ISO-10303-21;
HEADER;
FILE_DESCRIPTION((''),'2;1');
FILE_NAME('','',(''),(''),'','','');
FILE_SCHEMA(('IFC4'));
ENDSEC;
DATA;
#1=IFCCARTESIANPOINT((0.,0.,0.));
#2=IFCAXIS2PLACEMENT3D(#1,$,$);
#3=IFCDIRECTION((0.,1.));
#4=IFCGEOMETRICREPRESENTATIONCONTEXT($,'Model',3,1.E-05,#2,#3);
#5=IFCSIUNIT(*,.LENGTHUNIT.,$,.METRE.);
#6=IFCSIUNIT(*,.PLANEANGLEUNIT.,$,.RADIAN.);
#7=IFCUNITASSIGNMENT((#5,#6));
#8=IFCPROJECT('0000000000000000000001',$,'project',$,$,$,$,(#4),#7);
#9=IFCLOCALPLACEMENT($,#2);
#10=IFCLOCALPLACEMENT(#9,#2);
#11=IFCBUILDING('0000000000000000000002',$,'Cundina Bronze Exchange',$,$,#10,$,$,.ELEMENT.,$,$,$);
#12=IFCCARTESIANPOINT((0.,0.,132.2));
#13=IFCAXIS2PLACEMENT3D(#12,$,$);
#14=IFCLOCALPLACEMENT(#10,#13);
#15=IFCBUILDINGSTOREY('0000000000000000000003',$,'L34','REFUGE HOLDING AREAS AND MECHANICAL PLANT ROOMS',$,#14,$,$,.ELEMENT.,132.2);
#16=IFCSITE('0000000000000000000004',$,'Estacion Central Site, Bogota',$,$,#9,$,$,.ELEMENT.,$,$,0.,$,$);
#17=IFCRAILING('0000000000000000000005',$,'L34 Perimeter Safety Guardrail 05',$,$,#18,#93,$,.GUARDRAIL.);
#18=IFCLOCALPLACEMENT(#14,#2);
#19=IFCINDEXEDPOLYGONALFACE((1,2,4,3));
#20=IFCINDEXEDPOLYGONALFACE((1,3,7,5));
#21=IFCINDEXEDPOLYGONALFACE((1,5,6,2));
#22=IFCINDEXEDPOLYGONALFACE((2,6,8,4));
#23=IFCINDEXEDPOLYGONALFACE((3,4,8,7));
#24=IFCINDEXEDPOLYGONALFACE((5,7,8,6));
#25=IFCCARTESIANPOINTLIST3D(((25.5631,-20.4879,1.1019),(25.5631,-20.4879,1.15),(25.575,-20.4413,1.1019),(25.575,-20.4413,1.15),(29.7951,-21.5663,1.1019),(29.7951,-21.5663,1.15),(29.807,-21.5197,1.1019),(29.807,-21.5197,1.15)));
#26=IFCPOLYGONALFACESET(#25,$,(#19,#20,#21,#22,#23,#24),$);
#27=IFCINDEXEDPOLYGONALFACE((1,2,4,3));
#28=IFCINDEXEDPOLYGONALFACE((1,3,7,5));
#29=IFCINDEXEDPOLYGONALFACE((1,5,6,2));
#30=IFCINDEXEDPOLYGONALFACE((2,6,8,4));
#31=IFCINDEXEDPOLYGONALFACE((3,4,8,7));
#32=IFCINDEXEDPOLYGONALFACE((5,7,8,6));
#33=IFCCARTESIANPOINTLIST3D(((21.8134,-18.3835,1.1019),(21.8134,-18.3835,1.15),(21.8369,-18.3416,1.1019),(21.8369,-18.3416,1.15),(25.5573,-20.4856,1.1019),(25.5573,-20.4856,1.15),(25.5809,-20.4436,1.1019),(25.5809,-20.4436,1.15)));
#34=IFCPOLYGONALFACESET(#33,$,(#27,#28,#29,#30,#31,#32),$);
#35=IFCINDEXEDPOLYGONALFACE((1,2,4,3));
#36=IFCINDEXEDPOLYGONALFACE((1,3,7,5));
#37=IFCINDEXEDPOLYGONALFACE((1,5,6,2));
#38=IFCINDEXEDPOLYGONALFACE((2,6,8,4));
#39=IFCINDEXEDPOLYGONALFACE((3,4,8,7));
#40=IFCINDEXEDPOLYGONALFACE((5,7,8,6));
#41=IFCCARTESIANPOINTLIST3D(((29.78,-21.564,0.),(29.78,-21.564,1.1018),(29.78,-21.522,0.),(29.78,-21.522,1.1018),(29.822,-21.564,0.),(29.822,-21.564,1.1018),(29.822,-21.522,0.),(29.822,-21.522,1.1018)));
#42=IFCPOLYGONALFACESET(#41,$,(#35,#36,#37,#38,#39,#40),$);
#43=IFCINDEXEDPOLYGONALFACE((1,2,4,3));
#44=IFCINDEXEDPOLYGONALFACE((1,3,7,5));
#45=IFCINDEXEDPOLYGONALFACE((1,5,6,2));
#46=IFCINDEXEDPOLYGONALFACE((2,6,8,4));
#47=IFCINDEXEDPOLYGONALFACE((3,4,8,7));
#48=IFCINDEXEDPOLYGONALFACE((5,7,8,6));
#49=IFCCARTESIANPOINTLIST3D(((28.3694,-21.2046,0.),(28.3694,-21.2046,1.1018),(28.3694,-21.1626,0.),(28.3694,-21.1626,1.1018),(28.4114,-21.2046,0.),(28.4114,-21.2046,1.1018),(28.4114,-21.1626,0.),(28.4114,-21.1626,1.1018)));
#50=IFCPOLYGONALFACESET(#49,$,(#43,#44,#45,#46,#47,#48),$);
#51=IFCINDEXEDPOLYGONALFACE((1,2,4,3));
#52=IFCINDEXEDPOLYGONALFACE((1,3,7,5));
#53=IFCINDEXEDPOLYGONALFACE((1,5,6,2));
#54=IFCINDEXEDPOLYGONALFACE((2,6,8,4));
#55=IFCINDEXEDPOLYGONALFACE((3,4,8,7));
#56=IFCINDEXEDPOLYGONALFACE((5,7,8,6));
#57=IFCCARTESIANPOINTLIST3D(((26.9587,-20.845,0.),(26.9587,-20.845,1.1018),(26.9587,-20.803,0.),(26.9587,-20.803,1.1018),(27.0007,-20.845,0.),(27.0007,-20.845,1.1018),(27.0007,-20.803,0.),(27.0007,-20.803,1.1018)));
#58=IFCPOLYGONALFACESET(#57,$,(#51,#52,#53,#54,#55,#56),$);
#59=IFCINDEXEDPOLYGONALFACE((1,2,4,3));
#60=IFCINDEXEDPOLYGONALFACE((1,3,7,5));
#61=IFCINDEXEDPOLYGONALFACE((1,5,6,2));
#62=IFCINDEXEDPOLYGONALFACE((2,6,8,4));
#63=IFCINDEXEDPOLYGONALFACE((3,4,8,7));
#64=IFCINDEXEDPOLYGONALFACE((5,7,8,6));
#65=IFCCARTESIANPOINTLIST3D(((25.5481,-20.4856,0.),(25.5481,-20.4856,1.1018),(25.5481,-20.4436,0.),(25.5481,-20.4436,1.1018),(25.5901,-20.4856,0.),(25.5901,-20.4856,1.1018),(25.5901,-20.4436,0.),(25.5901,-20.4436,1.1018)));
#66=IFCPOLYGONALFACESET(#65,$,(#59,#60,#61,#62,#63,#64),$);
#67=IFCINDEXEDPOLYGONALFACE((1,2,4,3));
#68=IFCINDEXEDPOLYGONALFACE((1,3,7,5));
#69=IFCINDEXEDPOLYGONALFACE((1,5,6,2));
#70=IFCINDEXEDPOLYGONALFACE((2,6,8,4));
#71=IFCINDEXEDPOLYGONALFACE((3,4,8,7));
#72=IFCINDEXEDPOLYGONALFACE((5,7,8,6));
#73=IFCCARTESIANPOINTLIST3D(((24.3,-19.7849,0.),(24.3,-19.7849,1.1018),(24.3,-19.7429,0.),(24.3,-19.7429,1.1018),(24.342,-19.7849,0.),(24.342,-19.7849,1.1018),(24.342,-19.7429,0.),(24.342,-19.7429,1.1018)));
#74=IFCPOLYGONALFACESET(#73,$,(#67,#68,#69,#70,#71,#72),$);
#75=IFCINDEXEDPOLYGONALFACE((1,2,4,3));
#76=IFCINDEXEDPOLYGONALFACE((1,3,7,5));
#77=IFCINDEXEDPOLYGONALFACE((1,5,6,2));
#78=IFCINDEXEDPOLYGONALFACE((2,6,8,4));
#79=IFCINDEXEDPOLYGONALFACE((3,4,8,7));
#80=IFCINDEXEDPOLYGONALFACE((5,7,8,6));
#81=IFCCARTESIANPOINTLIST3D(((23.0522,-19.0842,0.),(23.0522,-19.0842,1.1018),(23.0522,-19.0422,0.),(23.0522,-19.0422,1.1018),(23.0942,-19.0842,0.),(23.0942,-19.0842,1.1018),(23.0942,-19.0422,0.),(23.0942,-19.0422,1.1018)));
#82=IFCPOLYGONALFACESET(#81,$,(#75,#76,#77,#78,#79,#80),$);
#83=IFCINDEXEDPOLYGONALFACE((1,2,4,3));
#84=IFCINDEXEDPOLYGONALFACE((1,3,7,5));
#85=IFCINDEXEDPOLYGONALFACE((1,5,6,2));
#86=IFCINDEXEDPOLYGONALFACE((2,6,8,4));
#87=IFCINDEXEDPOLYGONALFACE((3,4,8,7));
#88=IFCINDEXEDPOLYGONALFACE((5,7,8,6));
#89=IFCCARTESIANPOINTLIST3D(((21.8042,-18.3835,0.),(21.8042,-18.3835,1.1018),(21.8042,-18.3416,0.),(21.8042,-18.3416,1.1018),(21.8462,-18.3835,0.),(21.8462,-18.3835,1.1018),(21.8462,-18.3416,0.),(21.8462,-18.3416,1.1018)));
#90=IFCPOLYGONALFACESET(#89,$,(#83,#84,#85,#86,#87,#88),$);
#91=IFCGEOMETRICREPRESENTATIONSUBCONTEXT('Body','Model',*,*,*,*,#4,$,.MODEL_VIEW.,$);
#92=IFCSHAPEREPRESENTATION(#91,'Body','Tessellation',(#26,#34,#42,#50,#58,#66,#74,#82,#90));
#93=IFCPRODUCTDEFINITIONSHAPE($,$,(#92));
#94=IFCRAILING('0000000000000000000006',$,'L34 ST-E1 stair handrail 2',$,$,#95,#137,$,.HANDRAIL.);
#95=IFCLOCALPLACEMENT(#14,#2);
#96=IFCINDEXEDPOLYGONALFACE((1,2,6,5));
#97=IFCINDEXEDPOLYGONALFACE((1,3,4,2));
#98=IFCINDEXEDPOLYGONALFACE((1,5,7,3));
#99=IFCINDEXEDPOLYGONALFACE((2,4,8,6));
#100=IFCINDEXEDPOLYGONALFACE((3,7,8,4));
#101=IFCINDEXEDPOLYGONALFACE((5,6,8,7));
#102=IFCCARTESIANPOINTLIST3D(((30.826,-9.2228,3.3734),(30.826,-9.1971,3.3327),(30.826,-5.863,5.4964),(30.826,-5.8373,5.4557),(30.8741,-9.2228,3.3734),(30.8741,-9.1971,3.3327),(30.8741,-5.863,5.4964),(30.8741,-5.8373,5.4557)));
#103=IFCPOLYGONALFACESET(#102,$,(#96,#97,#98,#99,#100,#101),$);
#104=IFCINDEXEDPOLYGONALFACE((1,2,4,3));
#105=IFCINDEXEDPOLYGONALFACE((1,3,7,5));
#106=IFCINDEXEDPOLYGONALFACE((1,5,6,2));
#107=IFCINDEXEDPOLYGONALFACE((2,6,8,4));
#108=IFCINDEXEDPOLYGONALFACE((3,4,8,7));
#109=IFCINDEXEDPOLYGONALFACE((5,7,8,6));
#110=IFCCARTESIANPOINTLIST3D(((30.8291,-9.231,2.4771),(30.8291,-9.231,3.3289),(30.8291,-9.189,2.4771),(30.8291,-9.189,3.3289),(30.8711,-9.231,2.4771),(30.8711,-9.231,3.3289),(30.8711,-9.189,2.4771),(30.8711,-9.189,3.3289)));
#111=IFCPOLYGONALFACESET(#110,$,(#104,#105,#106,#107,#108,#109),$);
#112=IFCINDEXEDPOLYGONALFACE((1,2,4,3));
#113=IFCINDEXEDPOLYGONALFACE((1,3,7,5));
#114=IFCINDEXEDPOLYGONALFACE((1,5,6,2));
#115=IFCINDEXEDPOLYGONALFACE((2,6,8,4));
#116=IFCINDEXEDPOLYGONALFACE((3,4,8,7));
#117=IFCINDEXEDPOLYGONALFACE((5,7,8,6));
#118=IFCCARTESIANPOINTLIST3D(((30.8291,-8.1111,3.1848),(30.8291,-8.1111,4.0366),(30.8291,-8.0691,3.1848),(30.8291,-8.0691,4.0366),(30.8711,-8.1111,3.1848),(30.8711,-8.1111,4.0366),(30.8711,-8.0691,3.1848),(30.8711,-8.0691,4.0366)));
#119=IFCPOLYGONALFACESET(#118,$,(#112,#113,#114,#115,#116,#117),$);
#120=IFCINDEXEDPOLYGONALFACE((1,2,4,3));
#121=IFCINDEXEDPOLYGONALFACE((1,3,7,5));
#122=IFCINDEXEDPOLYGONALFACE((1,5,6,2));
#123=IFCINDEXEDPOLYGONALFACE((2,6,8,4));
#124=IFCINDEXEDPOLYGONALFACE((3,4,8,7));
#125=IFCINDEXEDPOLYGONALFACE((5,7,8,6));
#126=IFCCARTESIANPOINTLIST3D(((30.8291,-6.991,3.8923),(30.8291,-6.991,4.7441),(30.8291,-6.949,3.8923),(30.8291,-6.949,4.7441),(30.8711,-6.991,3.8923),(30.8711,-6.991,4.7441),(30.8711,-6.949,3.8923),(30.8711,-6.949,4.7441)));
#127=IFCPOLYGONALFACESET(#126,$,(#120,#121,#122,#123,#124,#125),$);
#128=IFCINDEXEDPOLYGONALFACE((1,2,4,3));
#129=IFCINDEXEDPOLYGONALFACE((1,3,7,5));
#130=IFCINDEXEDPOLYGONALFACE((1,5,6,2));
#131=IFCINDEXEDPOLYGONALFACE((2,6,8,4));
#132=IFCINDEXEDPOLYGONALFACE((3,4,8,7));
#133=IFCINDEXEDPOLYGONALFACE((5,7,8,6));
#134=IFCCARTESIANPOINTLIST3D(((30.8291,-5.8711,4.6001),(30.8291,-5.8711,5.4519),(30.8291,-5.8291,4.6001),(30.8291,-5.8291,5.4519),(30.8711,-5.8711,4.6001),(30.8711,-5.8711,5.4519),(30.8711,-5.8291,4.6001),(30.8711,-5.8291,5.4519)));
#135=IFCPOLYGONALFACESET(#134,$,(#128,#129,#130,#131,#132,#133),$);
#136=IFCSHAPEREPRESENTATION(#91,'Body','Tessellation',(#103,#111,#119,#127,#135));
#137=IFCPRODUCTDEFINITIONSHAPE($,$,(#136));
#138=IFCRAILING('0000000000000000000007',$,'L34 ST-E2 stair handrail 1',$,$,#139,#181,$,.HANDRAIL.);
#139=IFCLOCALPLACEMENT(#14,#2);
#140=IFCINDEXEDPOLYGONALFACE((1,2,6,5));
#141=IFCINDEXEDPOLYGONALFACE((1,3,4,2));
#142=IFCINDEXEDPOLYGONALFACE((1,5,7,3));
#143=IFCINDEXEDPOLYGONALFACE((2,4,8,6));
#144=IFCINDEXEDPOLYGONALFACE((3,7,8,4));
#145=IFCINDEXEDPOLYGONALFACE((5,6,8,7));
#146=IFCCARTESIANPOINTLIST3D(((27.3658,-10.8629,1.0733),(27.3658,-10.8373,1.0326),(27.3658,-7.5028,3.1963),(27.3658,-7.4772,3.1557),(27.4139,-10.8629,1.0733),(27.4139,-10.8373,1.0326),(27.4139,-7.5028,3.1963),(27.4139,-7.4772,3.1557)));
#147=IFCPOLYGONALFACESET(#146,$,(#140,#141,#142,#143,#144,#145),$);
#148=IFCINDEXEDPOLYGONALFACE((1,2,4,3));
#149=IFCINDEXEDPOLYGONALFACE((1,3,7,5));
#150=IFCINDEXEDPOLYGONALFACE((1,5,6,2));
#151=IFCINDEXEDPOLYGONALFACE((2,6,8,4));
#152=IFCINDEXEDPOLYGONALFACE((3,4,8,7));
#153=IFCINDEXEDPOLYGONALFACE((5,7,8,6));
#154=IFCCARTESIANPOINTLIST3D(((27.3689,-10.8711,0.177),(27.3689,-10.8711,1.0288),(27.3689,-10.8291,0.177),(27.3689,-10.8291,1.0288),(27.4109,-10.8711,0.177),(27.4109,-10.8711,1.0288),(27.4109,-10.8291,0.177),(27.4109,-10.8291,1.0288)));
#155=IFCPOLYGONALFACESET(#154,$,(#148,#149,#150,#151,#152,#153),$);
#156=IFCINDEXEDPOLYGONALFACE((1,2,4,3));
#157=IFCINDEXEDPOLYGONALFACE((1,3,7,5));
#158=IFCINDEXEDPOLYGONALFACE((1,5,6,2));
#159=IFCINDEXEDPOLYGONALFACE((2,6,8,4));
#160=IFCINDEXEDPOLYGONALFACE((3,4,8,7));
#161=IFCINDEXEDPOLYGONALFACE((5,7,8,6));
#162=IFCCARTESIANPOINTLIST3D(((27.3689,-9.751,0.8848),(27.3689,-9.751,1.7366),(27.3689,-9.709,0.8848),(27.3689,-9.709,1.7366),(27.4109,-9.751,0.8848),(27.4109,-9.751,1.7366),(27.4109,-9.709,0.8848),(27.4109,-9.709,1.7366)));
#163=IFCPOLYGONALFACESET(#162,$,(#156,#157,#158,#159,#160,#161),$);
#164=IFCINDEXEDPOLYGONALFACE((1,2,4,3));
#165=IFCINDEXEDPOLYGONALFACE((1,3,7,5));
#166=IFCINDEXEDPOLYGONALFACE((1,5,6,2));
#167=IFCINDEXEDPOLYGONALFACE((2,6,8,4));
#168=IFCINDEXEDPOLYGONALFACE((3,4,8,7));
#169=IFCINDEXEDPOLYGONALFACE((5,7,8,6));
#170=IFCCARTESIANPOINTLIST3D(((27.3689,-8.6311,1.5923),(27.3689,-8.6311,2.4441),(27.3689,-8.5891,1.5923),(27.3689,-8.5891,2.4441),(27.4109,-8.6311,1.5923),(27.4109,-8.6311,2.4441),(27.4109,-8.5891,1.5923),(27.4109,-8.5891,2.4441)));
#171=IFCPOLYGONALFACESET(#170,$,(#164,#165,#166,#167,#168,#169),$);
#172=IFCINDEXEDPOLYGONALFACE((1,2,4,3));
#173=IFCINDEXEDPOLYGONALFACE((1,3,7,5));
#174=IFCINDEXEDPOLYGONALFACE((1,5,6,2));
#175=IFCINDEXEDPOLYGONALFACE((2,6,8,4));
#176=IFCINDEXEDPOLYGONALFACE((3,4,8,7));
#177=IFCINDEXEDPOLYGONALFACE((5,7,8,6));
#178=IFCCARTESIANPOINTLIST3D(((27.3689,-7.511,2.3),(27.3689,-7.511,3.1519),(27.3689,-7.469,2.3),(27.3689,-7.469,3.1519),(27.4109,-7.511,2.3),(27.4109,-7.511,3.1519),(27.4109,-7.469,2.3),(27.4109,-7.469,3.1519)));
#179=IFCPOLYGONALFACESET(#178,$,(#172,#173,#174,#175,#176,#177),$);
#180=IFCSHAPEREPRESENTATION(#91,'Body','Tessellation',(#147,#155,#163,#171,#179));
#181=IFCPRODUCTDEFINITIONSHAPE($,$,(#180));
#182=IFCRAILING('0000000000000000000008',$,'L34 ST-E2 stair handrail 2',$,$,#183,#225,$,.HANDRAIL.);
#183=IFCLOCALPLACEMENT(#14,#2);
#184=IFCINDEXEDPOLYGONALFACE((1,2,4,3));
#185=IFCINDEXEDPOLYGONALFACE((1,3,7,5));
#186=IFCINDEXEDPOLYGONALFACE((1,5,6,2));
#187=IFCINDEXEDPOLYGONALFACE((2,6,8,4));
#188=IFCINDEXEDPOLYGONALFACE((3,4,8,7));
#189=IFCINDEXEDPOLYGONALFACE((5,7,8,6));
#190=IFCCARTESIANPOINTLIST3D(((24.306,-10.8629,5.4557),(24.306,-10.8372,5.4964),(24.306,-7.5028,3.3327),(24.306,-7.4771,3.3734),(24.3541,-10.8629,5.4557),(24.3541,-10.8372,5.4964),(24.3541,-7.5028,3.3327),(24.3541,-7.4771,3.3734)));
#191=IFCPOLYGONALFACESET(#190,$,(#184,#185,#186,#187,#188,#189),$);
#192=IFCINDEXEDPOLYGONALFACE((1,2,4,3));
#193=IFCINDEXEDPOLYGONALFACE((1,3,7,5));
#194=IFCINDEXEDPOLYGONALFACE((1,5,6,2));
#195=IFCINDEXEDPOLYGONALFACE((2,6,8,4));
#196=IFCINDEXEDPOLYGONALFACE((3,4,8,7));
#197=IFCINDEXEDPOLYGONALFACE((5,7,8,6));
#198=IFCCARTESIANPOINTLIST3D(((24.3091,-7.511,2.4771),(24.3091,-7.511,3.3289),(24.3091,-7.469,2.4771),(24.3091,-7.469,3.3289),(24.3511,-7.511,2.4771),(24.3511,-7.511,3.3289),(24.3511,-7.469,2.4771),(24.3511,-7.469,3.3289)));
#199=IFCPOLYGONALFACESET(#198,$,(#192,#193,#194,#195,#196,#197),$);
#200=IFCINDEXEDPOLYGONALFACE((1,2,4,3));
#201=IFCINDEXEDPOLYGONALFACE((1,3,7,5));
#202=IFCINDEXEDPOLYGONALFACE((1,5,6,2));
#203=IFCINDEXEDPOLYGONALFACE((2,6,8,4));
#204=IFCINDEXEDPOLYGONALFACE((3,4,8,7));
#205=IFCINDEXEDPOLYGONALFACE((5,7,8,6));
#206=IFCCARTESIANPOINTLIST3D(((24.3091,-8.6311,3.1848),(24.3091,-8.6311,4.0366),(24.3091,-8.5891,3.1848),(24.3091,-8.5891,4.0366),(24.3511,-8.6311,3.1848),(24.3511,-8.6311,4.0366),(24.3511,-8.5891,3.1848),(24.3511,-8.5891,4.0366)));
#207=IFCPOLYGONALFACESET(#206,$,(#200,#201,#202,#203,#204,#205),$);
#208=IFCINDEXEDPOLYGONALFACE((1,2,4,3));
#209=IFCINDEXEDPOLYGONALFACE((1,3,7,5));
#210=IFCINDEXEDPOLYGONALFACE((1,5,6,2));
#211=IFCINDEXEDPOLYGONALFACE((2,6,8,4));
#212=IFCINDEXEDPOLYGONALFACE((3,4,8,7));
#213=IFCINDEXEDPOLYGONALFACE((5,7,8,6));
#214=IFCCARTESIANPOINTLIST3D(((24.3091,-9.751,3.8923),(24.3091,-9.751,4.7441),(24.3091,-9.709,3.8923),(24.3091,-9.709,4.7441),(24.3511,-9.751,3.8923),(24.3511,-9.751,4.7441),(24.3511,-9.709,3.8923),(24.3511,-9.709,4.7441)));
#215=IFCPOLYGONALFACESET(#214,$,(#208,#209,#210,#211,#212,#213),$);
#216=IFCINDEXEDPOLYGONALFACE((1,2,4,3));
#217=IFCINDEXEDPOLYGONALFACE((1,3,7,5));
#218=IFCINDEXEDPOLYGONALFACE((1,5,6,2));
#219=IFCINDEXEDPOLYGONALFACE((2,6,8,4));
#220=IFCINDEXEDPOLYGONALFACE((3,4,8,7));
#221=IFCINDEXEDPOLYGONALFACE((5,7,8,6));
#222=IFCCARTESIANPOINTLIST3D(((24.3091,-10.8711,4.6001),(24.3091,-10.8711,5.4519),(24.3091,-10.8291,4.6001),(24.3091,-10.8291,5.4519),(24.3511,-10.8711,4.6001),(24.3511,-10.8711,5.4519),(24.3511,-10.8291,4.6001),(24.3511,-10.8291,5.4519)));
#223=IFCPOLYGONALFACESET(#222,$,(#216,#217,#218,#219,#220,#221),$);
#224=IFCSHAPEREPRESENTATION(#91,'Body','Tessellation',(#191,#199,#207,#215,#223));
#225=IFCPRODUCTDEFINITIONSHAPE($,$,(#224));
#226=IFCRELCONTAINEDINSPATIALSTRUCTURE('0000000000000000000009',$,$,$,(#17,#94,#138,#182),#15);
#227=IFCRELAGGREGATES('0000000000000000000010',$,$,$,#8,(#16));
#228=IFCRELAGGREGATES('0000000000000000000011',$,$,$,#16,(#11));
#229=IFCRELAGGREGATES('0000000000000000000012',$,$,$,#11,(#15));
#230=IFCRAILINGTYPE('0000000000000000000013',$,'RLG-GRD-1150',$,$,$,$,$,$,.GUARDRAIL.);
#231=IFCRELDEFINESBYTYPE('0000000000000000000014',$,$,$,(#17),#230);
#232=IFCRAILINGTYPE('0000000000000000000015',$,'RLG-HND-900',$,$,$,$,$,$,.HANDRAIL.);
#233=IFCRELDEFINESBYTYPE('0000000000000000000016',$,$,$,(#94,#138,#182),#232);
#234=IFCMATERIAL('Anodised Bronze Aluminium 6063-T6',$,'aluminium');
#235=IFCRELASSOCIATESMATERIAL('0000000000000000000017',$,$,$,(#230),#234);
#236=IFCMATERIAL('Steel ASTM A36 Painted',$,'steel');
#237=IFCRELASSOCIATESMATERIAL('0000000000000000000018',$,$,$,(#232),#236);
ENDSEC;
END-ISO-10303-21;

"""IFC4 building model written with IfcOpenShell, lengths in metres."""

from ifc_helpers import new_model, si_unit, direction, frame, origin, origin_2d, place, context, subcontext, project, spatial, rectangle, extrude, material, type_object, element, save


model = new_model("IFC4")

# Units and contexts
model_context = context("Model", 3, precision=1e-05, world=origin(), true_north=direction((0.0, 1.0)))
body_context = subcontext(model_context, "Body", "Model", "MODEL_VIEW")
ifc_project = project(units=[si_unit("LENGTHUNIT", "METRE"), si_unit("PLANEANGLEUNIT", "RADIAN")], contexts=[model_context])

# Site, building, storey
site_placement = place(None, origin())
site = spatial("IfcSite", under=ifc_project, at=site_placement, Name="Estacion Central Site, Bogota", CompositionType="ELEMENT", RefElevation=0.0)
building_placement = place(site_placement, origin())
building = spatial("IfcBuilding", under=site, at=building_placement, Name="Cundina Bronze Exchange", CompositionType="ELEMENT")
storey_placement = place(building_placement, frame((0.0, 0.0, 132.2)))
storey = spatial("IfcBuildingStorey", under=building, at=storey_placement, Name="L34", Description="REFUGE HOLDING AREAS AND MECHANICAL PLANT ROOMS", CompositionType="ELEMENT", Elevation=132.2)

# Shared definitions
ifc_material_1 = material(Name="Steel ASTM A36 Painted", Category="steel")

# Railings
ifc_material_2 = material(Name="Anodised Bronze Aluminium 6063-T6", Category="aluminium")
railing_type_1 = type_object("IfcRailingType", Name="RLG-GRD-1150", PredefinedType="GUARDRAIL", material=ifc_material_2)
railing_1_placement = place(storey_placement, frame((29.801, -21.543, 0.0)))
element("IfcRailing", 1, at=railing_1_placement, inside=storey, type_object=railing_type_1, Name="L34 Perimeter Safety Guardrail 05", PredefinedType="GUARDRAIL", context=body_context, shape_type="SweptSolid", body=[
    extrude(rectangle(XDim=0.0481, YDim=0.0481, at=origin_2d()), frame((0.0, 0.0, 1.126), z_axis=(-0.969034, 0.246927, 0.0), x_axis=(-0.246927, -0.969034, 0.0)), (0.0, 0.0, 1.0), 4.3672),
    extrude(rectangle(XDim=0.0481, YDim=0.0481, at=origin_2d()), frame((-4.2319, 1.0784, 1.126), z_axis=(-0.871962, 0.489573, 0.0), x_axis=(-0.489573, -0.871962, 0.0)), (0.0, 0.0, 1.0), 4.2937),
    extrude(rectangle(XDim=0.042, YDim=0.042, at=origin_2d()), origin(), (0.0, 0.0, 1.0), 1.1018),
    extrude(rectangle(XDim=0.042, YDim=0.042, at=origin_2d()), frame((-1.4106, 0.3594, 0.0)), (0.0, 0.0, 1.0), 1.1018),
    extrude(rectangle(XDim=0.042, YDim=0.042, at=origin_2d()), frame((-2.8213, 0.719, 0.0)), (0.0, 0.0, 1.0), 1.1018),
    extrude(rectangle(XDim=0.042, YDim=0.042, at=origin_2d()), frame((-4.2319, 1.0784, 0.0)), (0.0, 0.0, 1.0), 1.1018),
    extrude(rectangle(XDim=0.042, YDim=0.042, at=origin_2d()), frame((-5.48, 1.7791, 0.0)), (0.0, 0.0, 1.0), 1.1018),
    extrude(rectangle(XDim=0.042, YDim=0.042, at=origin_2d()), frame((-6.7278, 2.4797, 0.0)), (0.0, 0.0, 1.0), 1.1018),
    extrude(rectangle(XDim=0.042, YDim=0.042, at=origin_2d()), frame((-7.9758, 3.1804, 0.0)), (0.0, 0.0, 1.0), 1.1018),
])
railing_type_2 = type_object("IfcRailingType", Name="RLG-HND-900", PredefinedType="HANDRAIL", material=ifc_material_1)
railing_2_placement = place(storey_placement, frame((30.8501, -9.21, 2.4771)))
element("IfcRailing", 2, at=railing_2_placement, inside=storey, type_object=railing_type_2, Name="L34 ST-E1 stair handrail 2", PredefinedType="HANDRAIL", context=body_context, shape_type="SweptSolid", body=[
    extrude(rectangle(XDim=0.0481, YDim=0.0481, at=origin_2d()), frame((0.0, 0.0, 0.876), z_axis=(0.0, 0.845372, 0.534178), x_axis=(-1.0, 0.0, 0.0)), (0.0, 0.0, 1.0), 3.9744),
    extrude(rectangle(XDim=0.042, YDim=0.042, at=origin_2d()), origin(), (0.0, 0.0, 1.0), 0.8518),
    extrude(rectangle(XDim=0.042, YDim=0.042, at=origin_2d()), frame((0.0, 1.1199, 0.7078)), (0.0, 0.0, 1.0), 0.8518),
    extrude(rectangle(XDim=0.042, YDim=0.042, at=origin_2d()), frame((0.0, 2.24, 1.4153)), (0.0, 0.0, 1.0), 0.8518),
    extrude(rectangle(XDim=0.042, YDim=0.042, at=origin_2d()), frame((0.0, 3.3599, 2.123)), (0.0, 0.0, 1.0), 0.8518),
])
railing_3_placement = place(storey_placement, frame((27.3899, -10.8501, 0.177)))
element("IfcRailing", 3, at=railing_3_placement, inside=storey, type_object=railing_type_2, Name="L34 ST-E2 stair handrail 1", PredefinedType="HANDRAIL", context=body_context, shape_type="SweptSolid", body=[
    extrude(rectangle(XDim=0.0481, YDim=0.0481, at=origin_2d()), frame((0.0, 0.0, 0.876), z_axis=(0.0, 0.84539, 0.53415), x_axis=(-1.0, 0.0, 0.0)), (0.0, 0.0, 1.0), 3.9746),
    extrude(rectangle(XDim=0.042, YDim=0.042, at=origin_2d()), origin(), (0.0, 0.0, 1.0), 0.8518),
    extrude(rectangle(XDim=0.042, YDim=0.042, at=origin_2d()), frame((0.0, 1.1201, 0.7078)), (0.0, 0.0, 1.0), 0.8518),
    extrude(rectangle(XDim=0.042, YDim=0.042, at=origin_2d()), frame((0.0, 2.24, 1.4153)), (0.0, 0.0, 1.0), 0.8518),
    extrude(rectangle(XDim=0.042, YDim=0.042, at=origin_2d()), frame((0.0, 3.3601, 2.123)), (0.0, 0.0, 1.0), 0.8518),
])
railing_4_placement = place(storey_placement, frame((24.3301, -7.49, 2.4771)))
element("IfcRailing", 4, at=railing_4_placement, inside=storey, type_object=railing_type_2, Name="L34 ST-E2 stair handrail 2", PredefinedType="HANDRAIL", context=body_context, shape_type="SweptSolid", body=[
    extrude(rectangle(XDim=0.0481, YDim=0.0481, at=origin_2d()), frame((0.0, 0.0, 0.876), z_axis=(0.0, -0.84539, 0.53415), x_axis=(1.0, 0.0, 0.0)), (0.0, 0.0, 1.0), 3.9746),
    extrude(rectangle(XDim=0.042, YDim=0.042, at=origin_2d()), origin(), (0.0, 0.0, 1.0), 0.8518),
    extrude(rectangle(XDim=0.042, YDim=0.042, at=origin_2d()), frame((0.0, -1.1201, 0.7078)), (0.0, 0.0, 1.0), 0.8518),
    extrude(rectangle(XDim=0.042, YDim=0.042, at=origin_2d()), frame((0.0, -2.24, 1.4153)), (0.0, 0.0, 1.0), 0.8518),
    extrude(rectangle(XDim=0.042, YDim=0.042, at=origin_2d()), frame((0.0, -3.3601, 2.123)), (0.0, 0.0, 1.0), 0.8518),
])

save(model, "model.ifc")
